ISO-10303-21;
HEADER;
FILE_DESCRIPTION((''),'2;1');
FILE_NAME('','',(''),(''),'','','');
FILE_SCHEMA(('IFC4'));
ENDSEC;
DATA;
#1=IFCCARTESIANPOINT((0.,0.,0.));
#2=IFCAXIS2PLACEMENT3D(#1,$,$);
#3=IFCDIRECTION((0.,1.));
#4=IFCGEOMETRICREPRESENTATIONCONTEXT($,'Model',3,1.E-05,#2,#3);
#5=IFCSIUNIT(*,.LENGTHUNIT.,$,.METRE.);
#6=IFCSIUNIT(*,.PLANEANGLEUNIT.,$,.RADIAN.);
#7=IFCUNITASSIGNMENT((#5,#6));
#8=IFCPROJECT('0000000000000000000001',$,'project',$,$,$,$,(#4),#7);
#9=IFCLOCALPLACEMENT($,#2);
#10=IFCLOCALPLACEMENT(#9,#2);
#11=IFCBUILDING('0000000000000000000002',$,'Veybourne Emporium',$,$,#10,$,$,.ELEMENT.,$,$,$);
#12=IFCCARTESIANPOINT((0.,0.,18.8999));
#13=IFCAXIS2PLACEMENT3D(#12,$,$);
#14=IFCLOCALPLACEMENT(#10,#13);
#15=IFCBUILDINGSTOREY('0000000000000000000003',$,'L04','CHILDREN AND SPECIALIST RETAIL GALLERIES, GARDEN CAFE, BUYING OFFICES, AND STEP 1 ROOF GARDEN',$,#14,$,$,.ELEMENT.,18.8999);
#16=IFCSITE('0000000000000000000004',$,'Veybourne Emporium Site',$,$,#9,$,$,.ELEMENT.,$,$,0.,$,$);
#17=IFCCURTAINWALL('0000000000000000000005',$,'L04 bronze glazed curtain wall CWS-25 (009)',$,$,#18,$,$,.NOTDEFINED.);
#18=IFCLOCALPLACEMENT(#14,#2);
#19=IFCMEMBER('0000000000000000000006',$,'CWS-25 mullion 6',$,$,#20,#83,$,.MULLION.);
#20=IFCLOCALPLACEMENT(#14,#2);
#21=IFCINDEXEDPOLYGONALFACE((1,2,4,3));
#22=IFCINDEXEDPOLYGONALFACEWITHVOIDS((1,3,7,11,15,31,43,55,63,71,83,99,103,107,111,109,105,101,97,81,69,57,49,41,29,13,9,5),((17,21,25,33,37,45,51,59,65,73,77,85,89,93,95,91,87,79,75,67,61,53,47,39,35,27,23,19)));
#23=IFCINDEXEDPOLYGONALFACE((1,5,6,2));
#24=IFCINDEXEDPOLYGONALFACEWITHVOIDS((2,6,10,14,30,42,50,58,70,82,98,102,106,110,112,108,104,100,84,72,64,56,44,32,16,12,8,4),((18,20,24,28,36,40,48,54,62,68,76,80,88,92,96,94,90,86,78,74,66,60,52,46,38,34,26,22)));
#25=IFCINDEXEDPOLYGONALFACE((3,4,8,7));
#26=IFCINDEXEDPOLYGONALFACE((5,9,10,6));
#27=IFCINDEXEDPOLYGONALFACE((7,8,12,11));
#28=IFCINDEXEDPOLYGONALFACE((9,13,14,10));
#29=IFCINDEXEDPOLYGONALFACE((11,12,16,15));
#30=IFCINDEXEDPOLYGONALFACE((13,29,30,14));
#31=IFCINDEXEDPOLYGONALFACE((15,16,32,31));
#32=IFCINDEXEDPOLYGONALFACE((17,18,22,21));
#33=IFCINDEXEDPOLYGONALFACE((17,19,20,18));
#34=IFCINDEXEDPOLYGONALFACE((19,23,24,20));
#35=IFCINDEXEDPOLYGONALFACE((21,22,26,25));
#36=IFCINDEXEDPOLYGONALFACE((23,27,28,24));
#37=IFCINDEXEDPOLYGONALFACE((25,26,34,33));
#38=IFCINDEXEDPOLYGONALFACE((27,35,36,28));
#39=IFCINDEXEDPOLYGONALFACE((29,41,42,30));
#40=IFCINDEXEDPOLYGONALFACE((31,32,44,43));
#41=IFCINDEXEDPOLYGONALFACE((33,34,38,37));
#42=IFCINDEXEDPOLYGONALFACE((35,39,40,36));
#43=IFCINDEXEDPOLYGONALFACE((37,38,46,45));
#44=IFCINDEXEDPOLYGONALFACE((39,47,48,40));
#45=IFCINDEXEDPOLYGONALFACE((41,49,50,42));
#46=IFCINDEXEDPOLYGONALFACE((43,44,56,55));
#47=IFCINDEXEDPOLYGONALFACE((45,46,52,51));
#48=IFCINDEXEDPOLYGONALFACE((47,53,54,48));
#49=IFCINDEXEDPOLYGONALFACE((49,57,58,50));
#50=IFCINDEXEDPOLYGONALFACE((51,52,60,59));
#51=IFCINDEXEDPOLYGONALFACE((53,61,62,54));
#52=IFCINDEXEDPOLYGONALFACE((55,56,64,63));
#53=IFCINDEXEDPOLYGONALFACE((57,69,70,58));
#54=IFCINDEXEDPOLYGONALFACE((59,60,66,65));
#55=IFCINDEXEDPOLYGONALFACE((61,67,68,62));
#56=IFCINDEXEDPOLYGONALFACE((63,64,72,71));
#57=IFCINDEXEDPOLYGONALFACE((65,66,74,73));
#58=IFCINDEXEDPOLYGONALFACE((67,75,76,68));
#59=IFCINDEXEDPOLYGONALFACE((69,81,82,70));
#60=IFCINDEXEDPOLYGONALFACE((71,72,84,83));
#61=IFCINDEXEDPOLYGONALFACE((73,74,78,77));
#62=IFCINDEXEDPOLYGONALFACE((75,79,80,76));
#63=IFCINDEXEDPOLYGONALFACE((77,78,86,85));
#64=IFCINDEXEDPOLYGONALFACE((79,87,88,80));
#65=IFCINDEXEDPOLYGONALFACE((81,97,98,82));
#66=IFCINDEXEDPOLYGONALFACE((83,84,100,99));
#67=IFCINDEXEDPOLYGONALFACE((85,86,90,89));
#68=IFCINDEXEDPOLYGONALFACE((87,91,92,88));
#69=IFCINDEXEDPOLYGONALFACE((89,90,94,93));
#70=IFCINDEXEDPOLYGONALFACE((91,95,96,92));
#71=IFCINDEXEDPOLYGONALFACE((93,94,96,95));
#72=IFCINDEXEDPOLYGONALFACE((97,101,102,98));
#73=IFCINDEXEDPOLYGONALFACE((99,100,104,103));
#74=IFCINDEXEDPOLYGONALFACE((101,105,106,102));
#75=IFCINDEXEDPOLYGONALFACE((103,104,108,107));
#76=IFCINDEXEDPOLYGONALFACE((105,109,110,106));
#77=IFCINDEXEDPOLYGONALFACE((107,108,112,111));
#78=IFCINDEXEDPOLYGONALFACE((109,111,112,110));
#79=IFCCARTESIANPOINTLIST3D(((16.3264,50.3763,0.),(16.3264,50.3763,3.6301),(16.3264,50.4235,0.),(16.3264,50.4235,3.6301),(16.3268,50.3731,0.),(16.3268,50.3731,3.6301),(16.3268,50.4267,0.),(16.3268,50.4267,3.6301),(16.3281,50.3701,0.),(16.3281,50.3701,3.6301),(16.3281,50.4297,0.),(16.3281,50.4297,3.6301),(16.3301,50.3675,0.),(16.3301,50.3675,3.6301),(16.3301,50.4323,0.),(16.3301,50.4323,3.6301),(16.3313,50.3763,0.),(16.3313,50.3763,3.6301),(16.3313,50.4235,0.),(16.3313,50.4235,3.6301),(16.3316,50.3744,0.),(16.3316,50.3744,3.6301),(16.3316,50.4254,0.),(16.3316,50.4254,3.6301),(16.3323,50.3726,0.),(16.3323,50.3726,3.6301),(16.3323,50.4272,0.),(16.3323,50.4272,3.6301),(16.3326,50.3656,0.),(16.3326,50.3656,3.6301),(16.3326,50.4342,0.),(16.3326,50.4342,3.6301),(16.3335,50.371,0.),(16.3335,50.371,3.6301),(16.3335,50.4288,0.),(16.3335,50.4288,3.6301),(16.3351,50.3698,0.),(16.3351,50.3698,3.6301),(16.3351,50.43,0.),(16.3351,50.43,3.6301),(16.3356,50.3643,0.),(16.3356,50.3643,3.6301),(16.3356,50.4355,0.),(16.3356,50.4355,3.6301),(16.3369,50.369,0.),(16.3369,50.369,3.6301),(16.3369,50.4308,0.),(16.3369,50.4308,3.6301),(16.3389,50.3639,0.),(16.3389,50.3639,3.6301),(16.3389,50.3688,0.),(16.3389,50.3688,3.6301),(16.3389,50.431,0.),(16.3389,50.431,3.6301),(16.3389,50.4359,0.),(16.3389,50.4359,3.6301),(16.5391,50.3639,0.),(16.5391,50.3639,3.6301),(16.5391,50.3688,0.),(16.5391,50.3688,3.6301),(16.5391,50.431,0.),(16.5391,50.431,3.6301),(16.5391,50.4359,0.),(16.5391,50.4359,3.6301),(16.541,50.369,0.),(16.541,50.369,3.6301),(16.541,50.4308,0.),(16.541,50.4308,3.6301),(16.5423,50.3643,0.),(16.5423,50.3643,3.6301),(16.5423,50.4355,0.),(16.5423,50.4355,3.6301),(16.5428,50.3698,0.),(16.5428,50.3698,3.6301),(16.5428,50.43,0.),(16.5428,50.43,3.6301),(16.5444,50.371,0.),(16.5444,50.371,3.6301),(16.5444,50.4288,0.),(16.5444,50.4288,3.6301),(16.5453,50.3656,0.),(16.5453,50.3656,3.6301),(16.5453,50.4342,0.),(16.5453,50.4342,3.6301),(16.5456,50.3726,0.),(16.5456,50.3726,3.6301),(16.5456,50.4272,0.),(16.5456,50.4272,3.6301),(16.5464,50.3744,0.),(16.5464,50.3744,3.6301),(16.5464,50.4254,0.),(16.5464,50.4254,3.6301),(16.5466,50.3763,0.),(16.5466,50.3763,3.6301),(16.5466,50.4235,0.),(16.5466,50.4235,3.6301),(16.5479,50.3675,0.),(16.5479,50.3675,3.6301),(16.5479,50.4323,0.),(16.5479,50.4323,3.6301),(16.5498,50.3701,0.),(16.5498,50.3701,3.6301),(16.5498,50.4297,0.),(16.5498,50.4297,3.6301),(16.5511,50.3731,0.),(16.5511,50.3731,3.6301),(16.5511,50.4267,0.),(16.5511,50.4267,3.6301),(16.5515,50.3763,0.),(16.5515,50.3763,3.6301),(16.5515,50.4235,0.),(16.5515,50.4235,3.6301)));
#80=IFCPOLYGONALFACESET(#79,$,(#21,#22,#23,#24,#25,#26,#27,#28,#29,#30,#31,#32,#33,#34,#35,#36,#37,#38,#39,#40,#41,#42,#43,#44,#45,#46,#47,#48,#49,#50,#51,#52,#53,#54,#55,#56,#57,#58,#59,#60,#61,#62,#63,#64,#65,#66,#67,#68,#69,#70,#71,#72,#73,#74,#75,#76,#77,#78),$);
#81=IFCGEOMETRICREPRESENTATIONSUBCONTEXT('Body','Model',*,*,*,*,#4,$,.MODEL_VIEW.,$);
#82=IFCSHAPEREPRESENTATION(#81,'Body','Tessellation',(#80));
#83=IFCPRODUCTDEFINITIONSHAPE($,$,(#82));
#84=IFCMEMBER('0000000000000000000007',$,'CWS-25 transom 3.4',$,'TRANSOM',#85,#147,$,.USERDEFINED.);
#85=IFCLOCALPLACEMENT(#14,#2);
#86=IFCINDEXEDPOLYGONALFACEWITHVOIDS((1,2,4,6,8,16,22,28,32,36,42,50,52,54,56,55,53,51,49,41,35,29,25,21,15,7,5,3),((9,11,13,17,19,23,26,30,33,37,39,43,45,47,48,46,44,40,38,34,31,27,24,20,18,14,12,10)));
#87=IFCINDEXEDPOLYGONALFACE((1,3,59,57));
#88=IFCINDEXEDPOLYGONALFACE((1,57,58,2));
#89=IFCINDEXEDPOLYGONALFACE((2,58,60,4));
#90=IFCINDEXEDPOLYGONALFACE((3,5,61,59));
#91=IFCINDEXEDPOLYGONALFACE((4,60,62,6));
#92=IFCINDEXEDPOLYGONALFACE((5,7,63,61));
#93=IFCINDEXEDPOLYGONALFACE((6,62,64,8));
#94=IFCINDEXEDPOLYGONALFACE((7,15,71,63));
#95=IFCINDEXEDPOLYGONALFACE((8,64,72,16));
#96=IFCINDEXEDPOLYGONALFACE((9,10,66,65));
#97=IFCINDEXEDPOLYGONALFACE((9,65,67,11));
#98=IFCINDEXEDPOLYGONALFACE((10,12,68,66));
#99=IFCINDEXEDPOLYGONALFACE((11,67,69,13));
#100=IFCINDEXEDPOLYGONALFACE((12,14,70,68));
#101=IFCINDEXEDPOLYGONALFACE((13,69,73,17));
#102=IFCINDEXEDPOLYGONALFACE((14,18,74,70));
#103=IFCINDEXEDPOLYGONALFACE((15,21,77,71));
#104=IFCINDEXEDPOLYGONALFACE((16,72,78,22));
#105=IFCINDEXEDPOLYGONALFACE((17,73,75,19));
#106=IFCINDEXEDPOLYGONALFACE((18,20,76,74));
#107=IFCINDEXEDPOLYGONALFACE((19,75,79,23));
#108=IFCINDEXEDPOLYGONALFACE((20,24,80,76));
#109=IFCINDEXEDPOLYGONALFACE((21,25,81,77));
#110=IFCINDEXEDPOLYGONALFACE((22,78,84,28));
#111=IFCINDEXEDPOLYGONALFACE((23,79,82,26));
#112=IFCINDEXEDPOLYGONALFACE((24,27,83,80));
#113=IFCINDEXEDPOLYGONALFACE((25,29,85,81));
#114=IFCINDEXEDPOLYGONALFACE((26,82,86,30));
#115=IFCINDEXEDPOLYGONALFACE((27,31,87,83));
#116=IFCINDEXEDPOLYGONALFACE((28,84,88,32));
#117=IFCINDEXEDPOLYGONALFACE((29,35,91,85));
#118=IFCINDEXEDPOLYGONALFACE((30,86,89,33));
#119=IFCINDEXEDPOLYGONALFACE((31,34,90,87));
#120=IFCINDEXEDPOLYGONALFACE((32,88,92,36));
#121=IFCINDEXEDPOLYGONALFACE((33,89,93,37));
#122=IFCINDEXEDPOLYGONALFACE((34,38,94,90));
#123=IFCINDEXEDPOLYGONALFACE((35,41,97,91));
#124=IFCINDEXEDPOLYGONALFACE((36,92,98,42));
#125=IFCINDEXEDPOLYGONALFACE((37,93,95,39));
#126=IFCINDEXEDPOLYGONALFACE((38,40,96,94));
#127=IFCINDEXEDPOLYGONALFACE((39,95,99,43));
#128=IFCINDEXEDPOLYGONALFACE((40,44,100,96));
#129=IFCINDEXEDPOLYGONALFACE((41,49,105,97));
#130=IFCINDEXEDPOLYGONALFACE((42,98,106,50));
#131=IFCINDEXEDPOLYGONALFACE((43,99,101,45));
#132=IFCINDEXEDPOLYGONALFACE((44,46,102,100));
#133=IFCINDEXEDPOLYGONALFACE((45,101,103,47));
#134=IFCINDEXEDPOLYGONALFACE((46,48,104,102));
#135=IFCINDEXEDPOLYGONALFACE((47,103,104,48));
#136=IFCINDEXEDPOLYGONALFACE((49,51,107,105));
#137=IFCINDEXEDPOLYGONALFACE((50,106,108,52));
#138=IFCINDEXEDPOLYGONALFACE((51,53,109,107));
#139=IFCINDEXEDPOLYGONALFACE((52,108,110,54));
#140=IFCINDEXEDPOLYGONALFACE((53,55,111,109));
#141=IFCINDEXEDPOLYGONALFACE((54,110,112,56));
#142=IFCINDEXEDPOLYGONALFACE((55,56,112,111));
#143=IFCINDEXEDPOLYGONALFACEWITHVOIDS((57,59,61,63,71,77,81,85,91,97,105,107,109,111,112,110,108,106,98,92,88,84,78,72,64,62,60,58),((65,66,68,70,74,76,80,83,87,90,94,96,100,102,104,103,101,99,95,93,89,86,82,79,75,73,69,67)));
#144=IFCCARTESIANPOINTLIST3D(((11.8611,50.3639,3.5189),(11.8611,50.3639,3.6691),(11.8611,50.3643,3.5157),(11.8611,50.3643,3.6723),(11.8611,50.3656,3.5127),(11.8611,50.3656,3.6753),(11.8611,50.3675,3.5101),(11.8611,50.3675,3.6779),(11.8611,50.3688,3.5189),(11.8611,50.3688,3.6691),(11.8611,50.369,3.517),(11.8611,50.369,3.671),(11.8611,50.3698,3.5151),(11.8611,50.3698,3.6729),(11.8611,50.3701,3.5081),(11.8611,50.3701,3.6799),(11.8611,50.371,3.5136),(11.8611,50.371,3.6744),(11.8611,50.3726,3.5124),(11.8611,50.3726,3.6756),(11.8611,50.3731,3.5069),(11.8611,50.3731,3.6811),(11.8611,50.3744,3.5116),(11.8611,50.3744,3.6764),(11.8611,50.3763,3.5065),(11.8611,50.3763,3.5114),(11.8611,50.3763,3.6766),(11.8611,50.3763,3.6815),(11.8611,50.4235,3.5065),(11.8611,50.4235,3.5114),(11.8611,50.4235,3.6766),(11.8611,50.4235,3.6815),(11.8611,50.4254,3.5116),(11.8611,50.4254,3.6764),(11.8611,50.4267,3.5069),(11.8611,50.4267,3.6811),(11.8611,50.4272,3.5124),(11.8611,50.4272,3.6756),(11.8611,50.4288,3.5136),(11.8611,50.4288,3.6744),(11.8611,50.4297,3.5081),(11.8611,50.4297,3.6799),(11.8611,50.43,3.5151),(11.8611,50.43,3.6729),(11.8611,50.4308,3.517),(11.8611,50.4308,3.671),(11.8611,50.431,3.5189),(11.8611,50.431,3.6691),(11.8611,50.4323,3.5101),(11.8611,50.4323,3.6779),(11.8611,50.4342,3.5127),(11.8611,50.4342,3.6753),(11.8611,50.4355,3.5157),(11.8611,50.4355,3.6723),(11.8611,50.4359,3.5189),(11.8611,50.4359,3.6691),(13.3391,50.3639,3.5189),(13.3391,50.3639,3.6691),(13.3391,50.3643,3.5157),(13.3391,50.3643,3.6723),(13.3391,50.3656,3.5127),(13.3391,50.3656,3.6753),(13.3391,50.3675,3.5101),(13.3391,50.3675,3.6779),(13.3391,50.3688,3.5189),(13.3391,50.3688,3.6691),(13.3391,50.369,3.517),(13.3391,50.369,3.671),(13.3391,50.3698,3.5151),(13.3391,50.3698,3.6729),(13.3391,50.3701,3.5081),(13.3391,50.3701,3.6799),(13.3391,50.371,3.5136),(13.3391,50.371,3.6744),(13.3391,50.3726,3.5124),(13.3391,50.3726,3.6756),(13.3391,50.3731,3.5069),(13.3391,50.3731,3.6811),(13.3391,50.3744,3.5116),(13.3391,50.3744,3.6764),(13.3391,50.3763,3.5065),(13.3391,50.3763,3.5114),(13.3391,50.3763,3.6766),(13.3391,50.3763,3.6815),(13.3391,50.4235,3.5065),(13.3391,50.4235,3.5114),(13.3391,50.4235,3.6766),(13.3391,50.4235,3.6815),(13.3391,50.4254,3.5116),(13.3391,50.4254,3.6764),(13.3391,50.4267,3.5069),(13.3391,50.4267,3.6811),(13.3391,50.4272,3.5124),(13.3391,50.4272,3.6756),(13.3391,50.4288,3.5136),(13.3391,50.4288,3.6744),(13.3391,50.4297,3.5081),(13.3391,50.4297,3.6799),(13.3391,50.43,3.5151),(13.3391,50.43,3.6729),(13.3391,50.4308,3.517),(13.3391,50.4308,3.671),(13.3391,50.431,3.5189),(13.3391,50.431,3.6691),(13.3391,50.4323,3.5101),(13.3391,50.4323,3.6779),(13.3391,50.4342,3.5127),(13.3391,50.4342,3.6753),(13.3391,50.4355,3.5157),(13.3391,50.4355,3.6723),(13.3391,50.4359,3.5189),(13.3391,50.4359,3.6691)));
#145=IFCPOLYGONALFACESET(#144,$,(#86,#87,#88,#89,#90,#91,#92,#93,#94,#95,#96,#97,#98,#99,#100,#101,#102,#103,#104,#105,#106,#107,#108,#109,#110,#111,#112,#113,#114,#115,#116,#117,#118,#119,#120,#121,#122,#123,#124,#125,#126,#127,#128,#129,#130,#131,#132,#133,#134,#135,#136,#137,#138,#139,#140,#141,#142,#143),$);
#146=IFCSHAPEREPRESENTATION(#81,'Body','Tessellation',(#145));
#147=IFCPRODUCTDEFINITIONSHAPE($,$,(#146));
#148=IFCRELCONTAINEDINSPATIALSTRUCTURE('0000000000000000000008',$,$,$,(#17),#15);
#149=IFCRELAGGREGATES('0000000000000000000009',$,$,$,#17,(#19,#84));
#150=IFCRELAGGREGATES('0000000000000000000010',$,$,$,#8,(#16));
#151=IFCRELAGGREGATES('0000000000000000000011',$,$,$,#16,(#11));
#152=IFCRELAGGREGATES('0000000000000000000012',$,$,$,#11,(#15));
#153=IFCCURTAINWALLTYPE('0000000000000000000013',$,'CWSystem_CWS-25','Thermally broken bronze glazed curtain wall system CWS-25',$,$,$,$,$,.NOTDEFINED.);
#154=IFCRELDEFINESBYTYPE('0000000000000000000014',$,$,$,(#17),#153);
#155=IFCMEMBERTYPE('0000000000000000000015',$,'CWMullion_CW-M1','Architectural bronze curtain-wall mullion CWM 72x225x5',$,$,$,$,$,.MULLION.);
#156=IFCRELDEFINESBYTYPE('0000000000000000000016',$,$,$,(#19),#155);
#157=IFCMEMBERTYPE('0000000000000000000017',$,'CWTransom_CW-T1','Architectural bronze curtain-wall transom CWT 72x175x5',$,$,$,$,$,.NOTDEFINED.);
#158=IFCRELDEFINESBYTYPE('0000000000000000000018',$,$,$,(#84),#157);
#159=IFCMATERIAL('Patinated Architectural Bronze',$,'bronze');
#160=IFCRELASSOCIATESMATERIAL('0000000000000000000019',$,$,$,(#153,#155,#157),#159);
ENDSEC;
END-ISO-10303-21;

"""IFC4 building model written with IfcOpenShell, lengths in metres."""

from ifc_helpers import new_model, si_unit, direction, frame, origin, origin_2d, place, context, subcontext, project, spatial, hollow_rectangle, extrude, material, material_profile, profile_set, type_object, element, aggregate, save


model = new_model("IFC4")

# Units and contexts
model_context = context("Model", 3, precision=1e-05, world=origin(), true_north=direction((0.0, 1.0)))
body_context = subcontext(model_context, "Body", "Model", "MODEL_VIEW")
ifc_project = project(units=[si_unit("LENGTHUNIT", "METRE"), si_unit("PLANEANGLEUNIT", "RADIAN")], contexts=[model_context])

# Site, building, storey
site_placement = place(None, origin())
site = spatial("IfcSite", under=ifc_project, at=site_placement, Name="Veybourne Emporium Site", CompositionType="ELEMENT", RefElevation=0.0)
building_placement = place(site_placement, origin())
building = spatial("IfcBuilding", under=site, at=building_placement, Name="Veybourne Emporium", CompositionType="ELEMENT")
storey_placement = place(building_placement, frame((0.0, 0.0, 18.8999)))
storey = spatial("IfcBuildingStorey", under=building, at=storey_placement, Name="L04", Description="CHILDREN AND SPECIALIST RETAIL GALLERIES, GARDEN CAFE, BUYING OFFICES, AND STEP 1 ROOF GARDEN", CompositionType="ELEMENT", Elevation=18.8999)

# Curtain wall, members
ifc_material_1 = material(Name="Patinated Architectural Bronze", Category="bronze")
curtain_wall_type = type_object("IfcCurtainWallType", Name="CWSystem_CWS-25", Description="Thermally broken bronze glazed curtain wall system CWS-25", PredefinedType="NOTDEFINED", material=ifc_material_1)
curtain_wall_placement = place(storey_placement, origin())
curtain_wall = element("IfcCurtainWall", 1, at=curtain_wall_placement, inside=storey, type_object=curtain_wall_type, Name="L04 bronze glazed curtain wall CWS-25 (009)", PredefinedType="NOTDEFINED")
ifc_material_profile_1 = material_profile(ifc_material_1, hollow_rectangle(XDim=0.072, YDim=0.2251, WallThickness=0.0049, InnerFilletRadius=0.0076, OuterFilletRadius=0.0125, at=origin_2d()), Name="CWM 72x225x5")
ifc_profile_set_1 = profile_set([ifc_material_profile_1], Name="Patinated Architectural Bronze")
member_type_1 = type_object("IfcMemberType", Name="CWMullion_CW-M1", Description="Architectural bronze curtain-wall mullion CWM 72x225x5", PredefinedType="MULLION", material=ifc_profile_set_1)
member_1_placement = place(storey_placement, frame((16.439, 50.3999, 0.0), z_axis=(0.0, 0.0, 1.0), x_axis=(0.0, 1.0, 0.0)))
member_1 = element("IfcMember", 2, at=member_1_placement, type_object=member_type_1, Name="CWS-25 mullion 6", PredefinedType="MULLION", context=body_context, shape_type="SweptSolid", body=[
    extrude(hollow_rectangle(XDim=0.072, YDim=0.2251, WallThickness=0.0049, InnerFilletRadius=0.0076, OuterFilletRadius=0.0125, at=origin_2d()), origin(), (0.0, 0.0, 1.0), 3.6301),
])
ifc_material_profile_2 = material_profile(ifc_material_1, hollow_rectangle(XDim=0.072, YDim=0.175, WallThickness=0.0049, InnerFilletRadius=0.0076, OuterFilletRadius=0.0125, at=origin_2d()), Name="CWT 72x175x5")
ifc_profile_set_2 = profile_set([ifc_material_profile_2], Name="Patinated Architectural Bronze")
member_type_2 = type_object("IfcMemberType", Name="CWTransom_CW-T1", Description="Architectural bronze curtain-wall transom CWT 72x175x5", PredefinedType="NOTDEFINED", material=ifc_profile_set_2)
member_2_placement = place(storey_placement, frame((11.8611, 50.3999, 3.594), z_axis=(1.0, 0.0, 0.0), x_axis=(0.0, 1.0, 0.0)))
member_2 = element("IfcMember", 3, at=member_2_placement, type_object=member_type_2, Name="CWS-25 transom 3.4", ObjectType="TRANSOM", PredefinedType="USERDEFINED", context=body_context, shape_type="SweptSolid", body=[
    extrude(hollow_rectangle(XDim=0.072, YDim=0.175, WallThickness=0.0049, InnerFilletRadius=0.0076, OuterFilletRadius=0.0125, at=origin_2d()), origin(), (0.0, 0.0, 1.0), 1.478),
])

aggregate(curtain_wall, [member_1, member_2])

save(model, "model.ifc")
